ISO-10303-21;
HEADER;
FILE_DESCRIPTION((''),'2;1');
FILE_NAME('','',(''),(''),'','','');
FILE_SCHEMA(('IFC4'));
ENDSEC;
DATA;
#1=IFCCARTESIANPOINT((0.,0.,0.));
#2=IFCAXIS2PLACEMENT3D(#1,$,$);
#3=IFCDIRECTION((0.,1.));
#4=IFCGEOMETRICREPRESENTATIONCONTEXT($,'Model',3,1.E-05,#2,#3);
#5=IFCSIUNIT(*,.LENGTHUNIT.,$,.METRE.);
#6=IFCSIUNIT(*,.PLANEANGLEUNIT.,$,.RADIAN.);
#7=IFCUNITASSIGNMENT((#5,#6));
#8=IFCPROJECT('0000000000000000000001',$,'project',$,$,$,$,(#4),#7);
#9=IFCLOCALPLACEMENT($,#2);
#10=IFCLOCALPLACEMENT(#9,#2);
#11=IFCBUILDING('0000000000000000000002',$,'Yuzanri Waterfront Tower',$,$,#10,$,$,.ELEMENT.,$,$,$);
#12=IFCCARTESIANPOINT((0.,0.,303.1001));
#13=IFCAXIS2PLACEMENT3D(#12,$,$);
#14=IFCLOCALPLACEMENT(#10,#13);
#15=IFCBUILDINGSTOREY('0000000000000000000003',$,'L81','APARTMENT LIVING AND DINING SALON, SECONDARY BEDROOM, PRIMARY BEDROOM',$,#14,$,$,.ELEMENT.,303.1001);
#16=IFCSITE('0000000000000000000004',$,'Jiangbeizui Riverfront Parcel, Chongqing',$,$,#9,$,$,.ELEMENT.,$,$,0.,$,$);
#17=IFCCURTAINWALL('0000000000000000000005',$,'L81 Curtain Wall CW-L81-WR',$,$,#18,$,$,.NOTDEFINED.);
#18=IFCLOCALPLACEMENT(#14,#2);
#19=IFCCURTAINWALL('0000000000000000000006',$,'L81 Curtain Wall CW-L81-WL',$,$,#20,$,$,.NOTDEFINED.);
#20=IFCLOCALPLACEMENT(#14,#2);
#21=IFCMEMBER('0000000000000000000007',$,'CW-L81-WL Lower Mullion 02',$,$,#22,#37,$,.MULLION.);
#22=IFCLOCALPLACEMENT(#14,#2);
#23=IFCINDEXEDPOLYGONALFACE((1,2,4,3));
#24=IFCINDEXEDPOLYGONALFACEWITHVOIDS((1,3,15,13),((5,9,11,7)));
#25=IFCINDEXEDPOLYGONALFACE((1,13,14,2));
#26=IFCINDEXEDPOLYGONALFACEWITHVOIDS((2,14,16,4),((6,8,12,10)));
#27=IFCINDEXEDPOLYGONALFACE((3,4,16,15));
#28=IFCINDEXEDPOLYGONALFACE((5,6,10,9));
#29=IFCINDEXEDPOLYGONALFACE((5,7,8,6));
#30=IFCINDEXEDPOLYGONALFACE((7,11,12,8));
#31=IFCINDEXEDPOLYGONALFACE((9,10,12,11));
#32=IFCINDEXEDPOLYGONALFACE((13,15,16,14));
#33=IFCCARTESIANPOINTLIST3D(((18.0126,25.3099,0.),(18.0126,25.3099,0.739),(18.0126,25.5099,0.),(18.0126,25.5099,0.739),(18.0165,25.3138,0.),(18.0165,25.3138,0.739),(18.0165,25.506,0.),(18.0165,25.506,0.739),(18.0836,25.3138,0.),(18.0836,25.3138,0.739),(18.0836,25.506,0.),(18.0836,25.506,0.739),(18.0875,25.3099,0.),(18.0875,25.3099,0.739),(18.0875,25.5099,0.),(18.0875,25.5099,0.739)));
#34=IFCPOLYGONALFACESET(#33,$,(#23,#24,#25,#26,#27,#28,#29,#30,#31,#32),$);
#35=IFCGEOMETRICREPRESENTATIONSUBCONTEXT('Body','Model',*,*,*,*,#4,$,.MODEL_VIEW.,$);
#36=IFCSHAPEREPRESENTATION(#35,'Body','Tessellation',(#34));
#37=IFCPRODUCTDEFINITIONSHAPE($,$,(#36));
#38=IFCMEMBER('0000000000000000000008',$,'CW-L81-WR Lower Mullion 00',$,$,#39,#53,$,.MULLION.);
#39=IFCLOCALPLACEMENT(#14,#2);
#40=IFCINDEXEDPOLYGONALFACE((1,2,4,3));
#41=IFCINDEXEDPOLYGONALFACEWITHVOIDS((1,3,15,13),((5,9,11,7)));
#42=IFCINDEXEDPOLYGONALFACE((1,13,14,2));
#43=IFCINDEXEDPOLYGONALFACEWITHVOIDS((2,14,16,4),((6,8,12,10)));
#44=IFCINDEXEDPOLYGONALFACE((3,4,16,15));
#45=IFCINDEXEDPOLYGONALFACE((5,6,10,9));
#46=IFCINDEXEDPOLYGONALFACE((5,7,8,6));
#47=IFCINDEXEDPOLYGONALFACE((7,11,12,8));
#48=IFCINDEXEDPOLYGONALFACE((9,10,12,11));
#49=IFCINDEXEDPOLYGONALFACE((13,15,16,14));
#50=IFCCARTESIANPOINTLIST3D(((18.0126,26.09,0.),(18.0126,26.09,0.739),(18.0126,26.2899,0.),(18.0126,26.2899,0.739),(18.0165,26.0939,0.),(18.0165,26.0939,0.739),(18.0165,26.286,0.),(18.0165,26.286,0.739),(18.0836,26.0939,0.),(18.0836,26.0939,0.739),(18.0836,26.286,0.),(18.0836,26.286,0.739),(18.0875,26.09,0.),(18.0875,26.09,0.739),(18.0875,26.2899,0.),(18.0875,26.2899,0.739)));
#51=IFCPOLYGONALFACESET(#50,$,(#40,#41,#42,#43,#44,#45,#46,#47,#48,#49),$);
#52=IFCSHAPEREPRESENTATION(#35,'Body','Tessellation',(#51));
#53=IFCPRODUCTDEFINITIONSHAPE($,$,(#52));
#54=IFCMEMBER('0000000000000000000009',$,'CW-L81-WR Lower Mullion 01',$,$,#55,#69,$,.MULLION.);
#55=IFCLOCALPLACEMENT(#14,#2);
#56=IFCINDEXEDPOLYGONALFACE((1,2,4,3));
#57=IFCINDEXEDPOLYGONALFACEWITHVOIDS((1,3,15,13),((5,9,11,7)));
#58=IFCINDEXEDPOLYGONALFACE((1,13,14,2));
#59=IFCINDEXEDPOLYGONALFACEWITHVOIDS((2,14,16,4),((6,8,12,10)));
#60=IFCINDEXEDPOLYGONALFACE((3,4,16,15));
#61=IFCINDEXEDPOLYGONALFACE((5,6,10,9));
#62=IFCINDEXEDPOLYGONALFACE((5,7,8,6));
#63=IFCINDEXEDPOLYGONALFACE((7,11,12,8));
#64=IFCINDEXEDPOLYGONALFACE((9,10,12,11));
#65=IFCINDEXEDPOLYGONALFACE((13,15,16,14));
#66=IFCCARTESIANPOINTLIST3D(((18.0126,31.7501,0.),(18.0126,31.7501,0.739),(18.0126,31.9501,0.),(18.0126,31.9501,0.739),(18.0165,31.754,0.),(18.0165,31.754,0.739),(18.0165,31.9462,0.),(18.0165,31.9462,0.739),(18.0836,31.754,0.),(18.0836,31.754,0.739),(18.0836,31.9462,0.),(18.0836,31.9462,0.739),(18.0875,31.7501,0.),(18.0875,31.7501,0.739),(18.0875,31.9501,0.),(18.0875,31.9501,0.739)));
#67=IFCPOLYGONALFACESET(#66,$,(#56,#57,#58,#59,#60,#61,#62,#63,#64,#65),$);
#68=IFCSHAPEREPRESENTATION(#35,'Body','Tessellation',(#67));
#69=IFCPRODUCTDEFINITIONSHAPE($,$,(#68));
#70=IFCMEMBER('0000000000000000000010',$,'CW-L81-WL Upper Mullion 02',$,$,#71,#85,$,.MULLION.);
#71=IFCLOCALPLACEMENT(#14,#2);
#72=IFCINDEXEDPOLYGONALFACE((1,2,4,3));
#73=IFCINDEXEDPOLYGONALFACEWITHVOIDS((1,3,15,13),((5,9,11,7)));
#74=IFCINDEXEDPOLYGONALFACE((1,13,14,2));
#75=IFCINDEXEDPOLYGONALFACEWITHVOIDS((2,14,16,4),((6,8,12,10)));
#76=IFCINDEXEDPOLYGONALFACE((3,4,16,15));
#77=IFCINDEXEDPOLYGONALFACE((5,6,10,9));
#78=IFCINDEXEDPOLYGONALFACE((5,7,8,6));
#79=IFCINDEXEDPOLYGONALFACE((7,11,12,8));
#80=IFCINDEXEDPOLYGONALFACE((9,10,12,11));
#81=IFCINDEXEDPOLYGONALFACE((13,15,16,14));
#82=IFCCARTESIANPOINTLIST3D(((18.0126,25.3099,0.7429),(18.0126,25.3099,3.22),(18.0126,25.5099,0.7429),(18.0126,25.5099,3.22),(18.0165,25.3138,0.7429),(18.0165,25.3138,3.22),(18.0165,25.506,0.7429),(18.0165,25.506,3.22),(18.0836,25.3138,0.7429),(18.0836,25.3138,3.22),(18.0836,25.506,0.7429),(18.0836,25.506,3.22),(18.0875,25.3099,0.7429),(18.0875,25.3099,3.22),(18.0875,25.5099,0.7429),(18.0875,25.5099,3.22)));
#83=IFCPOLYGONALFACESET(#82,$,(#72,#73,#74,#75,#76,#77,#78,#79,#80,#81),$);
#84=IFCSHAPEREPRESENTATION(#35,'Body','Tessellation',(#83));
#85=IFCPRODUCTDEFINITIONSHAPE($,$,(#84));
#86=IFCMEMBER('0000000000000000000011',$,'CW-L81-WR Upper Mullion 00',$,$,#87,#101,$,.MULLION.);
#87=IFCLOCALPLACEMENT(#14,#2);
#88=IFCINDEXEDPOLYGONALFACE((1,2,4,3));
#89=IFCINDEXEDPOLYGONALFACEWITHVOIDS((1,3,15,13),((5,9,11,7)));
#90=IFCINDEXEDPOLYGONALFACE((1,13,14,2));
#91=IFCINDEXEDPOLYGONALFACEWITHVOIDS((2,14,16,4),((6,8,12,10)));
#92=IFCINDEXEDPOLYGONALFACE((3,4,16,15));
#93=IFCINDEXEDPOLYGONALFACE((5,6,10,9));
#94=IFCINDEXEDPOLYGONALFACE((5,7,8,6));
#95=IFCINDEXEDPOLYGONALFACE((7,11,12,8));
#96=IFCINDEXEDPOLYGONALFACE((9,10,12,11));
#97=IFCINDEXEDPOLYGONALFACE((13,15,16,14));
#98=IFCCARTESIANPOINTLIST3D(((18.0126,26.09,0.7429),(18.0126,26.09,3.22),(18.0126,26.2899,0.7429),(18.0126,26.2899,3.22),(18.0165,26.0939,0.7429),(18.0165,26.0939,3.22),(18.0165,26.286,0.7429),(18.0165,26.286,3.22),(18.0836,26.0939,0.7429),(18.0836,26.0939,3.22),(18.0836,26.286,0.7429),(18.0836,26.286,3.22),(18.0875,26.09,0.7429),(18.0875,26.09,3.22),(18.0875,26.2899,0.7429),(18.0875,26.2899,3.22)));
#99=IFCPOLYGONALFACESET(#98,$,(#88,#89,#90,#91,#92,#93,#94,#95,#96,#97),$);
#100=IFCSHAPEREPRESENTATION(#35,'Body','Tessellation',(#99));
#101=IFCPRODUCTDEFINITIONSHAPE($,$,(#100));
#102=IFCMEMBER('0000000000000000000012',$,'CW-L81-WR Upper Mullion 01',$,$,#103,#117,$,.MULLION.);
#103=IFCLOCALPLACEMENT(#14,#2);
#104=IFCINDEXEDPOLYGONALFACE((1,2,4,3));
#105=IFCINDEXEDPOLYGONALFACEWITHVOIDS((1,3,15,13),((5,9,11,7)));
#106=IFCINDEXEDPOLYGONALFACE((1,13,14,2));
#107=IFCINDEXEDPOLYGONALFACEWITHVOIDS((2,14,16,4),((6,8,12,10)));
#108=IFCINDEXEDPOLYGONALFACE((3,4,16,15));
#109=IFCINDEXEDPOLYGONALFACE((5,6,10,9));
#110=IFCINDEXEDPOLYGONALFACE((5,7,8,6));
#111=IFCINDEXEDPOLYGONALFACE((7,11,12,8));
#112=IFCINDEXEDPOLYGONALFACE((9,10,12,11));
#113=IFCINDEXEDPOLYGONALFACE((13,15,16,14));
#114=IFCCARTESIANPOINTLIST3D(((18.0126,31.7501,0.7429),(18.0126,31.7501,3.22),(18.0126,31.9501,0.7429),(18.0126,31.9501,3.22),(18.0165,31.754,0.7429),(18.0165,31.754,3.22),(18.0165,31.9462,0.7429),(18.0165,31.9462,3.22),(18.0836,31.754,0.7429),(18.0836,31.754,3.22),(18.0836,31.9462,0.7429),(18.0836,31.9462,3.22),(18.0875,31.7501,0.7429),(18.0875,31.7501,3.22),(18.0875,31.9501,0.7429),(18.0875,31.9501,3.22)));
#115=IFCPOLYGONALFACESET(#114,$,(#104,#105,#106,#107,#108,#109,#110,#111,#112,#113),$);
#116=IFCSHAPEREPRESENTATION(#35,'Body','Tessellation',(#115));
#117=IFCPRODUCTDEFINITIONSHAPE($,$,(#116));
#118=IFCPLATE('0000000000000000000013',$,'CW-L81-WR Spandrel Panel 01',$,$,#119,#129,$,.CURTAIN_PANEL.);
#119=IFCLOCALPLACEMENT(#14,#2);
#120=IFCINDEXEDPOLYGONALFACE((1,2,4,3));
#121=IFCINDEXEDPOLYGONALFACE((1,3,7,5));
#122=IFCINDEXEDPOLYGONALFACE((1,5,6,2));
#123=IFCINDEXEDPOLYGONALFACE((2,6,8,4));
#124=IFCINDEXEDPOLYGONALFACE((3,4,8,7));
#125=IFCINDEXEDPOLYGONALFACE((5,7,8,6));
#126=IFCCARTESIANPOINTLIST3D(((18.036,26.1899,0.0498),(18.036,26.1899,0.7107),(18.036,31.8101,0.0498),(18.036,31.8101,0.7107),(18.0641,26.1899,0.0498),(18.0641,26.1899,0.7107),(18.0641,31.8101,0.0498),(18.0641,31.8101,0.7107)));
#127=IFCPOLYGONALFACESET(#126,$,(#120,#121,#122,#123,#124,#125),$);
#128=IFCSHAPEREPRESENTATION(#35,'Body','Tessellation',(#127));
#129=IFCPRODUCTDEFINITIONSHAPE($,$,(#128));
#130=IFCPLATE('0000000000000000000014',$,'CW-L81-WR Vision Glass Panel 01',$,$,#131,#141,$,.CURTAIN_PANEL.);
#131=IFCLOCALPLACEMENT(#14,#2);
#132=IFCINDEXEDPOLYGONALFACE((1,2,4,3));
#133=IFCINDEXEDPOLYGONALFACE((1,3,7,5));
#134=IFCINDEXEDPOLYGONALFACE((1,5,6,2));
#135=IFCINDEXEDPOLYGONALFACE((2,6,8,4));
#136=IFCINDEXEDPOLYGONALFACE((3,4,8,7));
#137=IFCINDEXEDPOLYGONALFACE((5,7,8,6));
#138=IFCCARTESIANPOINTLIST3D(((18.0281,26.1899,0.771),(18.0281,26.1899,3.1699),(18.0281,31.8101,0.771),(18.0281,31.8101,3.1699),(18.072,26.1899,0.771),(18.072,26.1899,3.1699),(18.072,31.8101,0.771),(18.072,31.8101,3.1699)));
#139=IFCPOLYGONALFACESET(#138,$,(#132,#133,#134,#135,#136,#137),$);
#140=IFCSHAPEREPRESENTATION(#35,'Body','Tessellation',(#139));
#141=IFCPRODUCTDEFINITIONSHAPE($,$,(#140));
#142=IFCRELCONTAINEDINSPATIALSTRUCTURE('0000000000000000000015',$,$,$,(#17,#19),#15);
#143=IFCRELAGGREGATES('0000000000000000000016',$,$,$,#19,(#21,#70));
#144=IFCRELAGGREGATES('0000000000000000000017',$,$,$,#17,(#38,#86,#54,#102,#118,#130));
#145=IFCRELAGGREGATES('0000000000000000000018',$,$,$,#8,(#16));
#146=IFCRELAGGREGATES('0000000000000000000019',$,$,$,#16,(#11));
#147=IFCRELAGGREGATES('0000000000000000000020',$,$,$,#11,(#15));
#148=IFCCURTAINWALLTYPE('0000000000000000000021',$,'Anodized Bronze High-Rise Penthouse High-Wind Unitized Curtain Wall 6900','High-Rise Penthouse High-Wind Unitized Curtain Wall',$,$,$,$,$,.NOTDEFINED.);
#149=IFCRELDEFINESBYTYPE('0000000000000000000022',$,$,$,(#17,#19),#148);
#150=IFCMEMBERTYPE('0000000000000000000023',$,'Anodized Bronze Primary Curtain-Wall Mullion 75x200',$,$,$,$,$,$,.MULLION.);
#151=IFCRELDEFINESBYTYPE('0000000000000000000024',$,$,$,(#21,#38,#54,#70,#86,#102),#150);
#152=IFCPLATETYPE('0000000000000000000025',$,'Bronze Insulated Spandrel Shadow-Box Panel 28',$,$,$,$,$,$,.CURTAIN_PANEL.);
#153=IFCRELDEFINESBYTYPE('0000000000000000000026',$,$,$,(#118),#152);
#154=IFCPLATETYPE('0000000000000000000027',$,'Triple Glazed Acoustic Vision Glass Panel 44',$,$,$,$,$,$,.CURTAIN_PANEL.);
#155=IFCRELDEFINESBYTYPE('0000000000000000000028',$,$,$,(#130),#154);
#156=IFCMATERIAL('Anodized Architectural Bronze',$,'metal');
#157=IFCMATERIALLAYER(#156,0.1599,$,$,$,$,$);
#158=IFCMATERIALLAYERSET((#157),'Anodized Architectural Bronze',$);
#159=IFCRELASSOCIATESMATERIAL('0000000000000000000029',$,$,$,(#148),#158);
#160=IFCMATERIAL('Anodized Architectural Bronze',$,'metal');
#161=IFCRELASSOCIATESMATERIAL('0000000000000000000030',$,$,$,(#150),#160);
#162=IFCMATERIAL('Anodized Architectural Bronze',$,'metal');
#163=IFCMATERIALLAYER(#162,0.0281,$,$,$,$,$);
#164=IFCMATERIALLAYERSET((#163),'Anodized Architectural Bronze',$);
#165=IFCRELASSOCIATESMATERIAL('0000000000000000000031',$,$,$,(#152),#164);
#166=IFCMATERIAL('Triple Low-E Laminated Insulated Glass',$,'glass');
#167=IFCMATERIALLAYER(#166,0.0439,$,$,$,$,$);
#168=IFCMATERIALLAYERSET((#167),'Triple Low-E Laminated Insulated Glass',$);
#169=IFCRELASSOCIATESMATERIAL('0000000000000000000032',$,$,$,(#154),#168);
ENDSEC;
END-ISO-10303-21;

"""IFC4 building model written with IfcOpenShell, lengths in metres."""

from ifc_helpers import new_model, si_unit, direction, frame, origin, origin_2d, place, context, subcontext, project, spatial, rectangle, hollow_rectangle, extrude, source, transform, mapped, material, layer, layer_set, material_profile, profile_set, type_object, element, aggregate, save


model = new_model("IFC4")

# Units and contexts
model_context = context("Model", 3, precision=1e-05, world=origin(), true_north=direction((0.0, 1.0)))
body_context = subcontext(model_context, "Body", "Model", "MODEL_VIEW")
ifc_project = project(units=[si_unit("LENGTHUNIT", "METRE"), si_unit("PLANEANGLEUNIT", "RADIAN")], contexts=[model_context])

# Site, building, storey
site_placement = place(None, origin())
site = spatial("IfcSite", under=ifc_project, at=site_placement, Name="Jiangbeizui Riverfront Parcel, Chongqing", CompositionType="ELEMENT", RefElevation=0.0)
building_placement = place(site_placement, origin())
building = spatial("IfcBuilding", under=site, at=building_placement, Name="Yuzanri Waterfront Tower", CompositionType="ELEMENT")
storey_placement = place(building_placement, frame((0.0, 0.0, 303.1001)))
storey = spatial("IfcBuildingStorey", under=building, at=storey_placement, Name="L81", Description="APARTMENT LIVING AND DINING SALON, SECONDARY BEDROOM, PRIMARY BEDROOM", CompositionType="ELEMENT", Elevation=303.1001)

# Curtain wall
ifc_material_1 = material(Name="Anodized Architectural Bronze", Category="metal")
ifc_layer_1 = layer(ifc_material_1, 0.1599)
ifc_layer_set_1 = layer_set([ifc_layer_1], Name="Anodized Architectural Bronze")
curtain_wall_type = type_object("IfcCurtainWallType", Name="Anodized Bronze High-Rise Penthouse High-Wind Unitized Curtain Wall 6900", Description="High-Rise Penthouse High-Wind Unitized Curtain Wall", PredefinedType="NOTDEFINED", material=ifc_layer_set_1)
curtain_wall_1_placement = place(storey_placement, origin())
curtain_wall_1 = element("IfcCurtainWall", 1, at=curtain_wall_1_placement, inside=storey, type_object=curtain_wall_type, Name="L81 Curtain Wall CW-L81-WR", PredefinedType="NOTDEFINED")

# Curtain wall, member
curtain_wall_2_placement = place(storey_placement, origin())
curtain_wall_2 = element("IfcCurtainWall", 2, at=curtain_wall_2_placement, inside=storey, type_object=curtain_wall_type, Name="L81 Curtain Wall CW-L81-WL", PredefinedType="NOTDEFINED")
ifc_material_2 = material(Name="Anodized Architectural Bronze", Category="metal")
ifc_material_profile_1 = material_profile(ifc_material_2, hollow_rectangle(XDim=0.075, YDim=0.2, WallThickness=0.0039, at=origin_2d()), Name="CWM 75x200")
ifc_profile_set_1 = profile_set([ifc_material_profile_1], Name="Anodized Architectural Bronze")
member_type_1 = type_object("IfcMemberType", Name="Anodized Bronze Primary Curtain-Wall Mullion 75x200", PredefinedType="MULLION", material=ifc_profile_set_1)
shared_shape_1 = source(origin(), body_context, "Body", "SweptSolid", [
    extrude(hollow_rectangle(XDim=0.075, YDim=0.2, WallThickness=0.0039, at=origin_2d()), origin(), (0.0, 0.0, 1.0), 0.739),
])
member_1_placement = place(storey_placement, frame((18.05, 25.4099, 0.0), z_axis=(0.0, 0.0, 1.0), x_axis=(1.0, 0.0, 0.0)))
member_1 = element("IfcMember", 3, at=member_1_placement, type_object=member_type_1, Name="CW-L81-WL Lower Mullion 02", PredefinedType="MULLION", context=body_context, shape_type="MappedRepresentation", body=[
    mapped(shared_shape_1, transform((0.0, 0.0, 0.0), scale=1.0)),
])

# Members
member_2_placement = place(storey_placement, frame((18.05, 26.1899, 0.0), z_axis=(0.0, 0.0, 1.0), x_axis=(1.0, 0.0, 0.0)))
member_2 = element("IfcMember", 4, at=member_2_placement, type_object=member_type_1, Name="CW-L81-WR Lower Mullion 00", PredefinedType="MULLION", context=body_context, shape_type="MappedRepresentation", body=[
    mapped(shared_shape_1, transform((0.0, 0.0, 0.0), scale=1.0)),
])
member_3_placement = place(storey_placement, frame((18.05, 31.8501, 0.0), z_axis=(0.0, 0.0, 1.0), x_axis=(1.0, 0.0, 0.0)))
member_3 = element("IfcMember", 5, at=member_3_placement, type_object=member_type_1, Name="CW-L81-WR Lower Mullion 01", PredefinedType="MULLION", context=body_context, shape_type="MappedRepresentation", body=[
    mapped(shared_shape_1, transform((0.0, 0.0, 0.0), scale=1.0)),
])
shared_shape_2 = source(origin(), body_context, "Body", "SweptSolid", [
    extrude(hollow_rectangle(XDim=0.075, YDim=0.2, WallThickness=0.0039, at=origin_2d()), origin(), (0.0, 0.0, 1.0), 2.4771),
])
member_4_placement = place(storey_placement, frame((18.05, 25.4099, 0.7429), z_axis=(0.0, 0.0, 1.0), x_axis=(1.0, 0.0, 0.0)))
member_4 = element("IfcMember", 6, at=member_4_placement, type_object=member_type_1, Name="CW-L81-WL Upper Mullion 02", PredefinedType="MULLION", context=body_context, shape_type="MappedRepresentation", body=[
    mapped(shared_shape_2, transform((0.0, 0.0, 0.0), scale=1.0)),
])
aggregate(curtain_wall_2, [member_1, member_4])
member_5_placement = place(storey_placement, frame((18.05, 26.1899, 0.7429), z_axis=(0.0, 0.0, 1.0), x_axis=(1.0, 0.0, 0.0)))
member_5 = element("IfcMember", 7, at=member_5_placement, type_object=member_type_1, Name="CW-L81-WR Upper Mullion 00", PredefinedType="MULLION", context=body_context, shape_type="MappedRepresentation", body=[
    mapped(shared_shape_2, transform((0.0, 0.0, 0.0), scale=1.0)),
])
member_6_placement = place(storey_placement, frame((18.05, 31.8501, 0.7429), z_axis=(0.0, 0.0, 1.0), x_axis=(1.0, 0.0, 0.0)))
member_6 = element("IfcMember", 8, at=member_6_placement, type_object=member_type_1, Name="CW-L81-WR Upper Mullion 01", PredefinedType="MULLION", context=body_context, shape_type="MappedRepresentation", body=[
    mapped(shared_shape_2, transform((0.0, 0.0, 0.0), scale=1.0)),
])

# Plates
ifc_material_3 = material(Name="Anodized Architectural Bronze", Category="metal")
ifc_layer_2 = layer(ifc_material_3, 0.0281)
ifc_layer_set_2 = layer_set([ifc_layer_2], Name="Anodized Architectural Bronze")
plate_type_1 = type_object("IfcPlateType", Name="Bronze Insulated Spandrel Shadow-Box Panel 28", PredefinedType="CURTAIN_PANEL", material=ifc_layer_set_2)
shared_shape_3 = source(origin(), body_context, "Body", "SweptSolid", [
    extrude(rectangle(XDim=5.6201, YDim=0.0281, at=origin_2d()), origin(), (0.0, 0.0, 1.0), 0.6609),
])
plate_1_placement = place(storey_placement, frame((18.05, 29.0, 0.0498), z_axis=(0.0, 0.0, 1.0), x_axis=(0.0, 1.0, 0.0)))
plate_1 = element("IfcPlate", 9, at=plate_1_placement, type_object=plate_type_1, Name="CW-L81-WR Spandrel Panel 01", PredefinedType="CURTAIN_PANEL", context=body_context, shape_type="MappedRepresentation", body=[
    mapped(shared_shape_3, transform((0.0, 0.0, 0.0), scale=1.0)),
])
ifc_material_4 = material(Name="Triple Low-E Laminated Insulated Glass", Category="glass")
ifc_layer_3 = layer(ifc_material_4, 0.0439)
ifc_layer_set_3 = layer_set([ifc_layer_3], Name="Triple Low-E Laminated Insulated Glass")
plate_type_2 = type_object("IfcPlateType", Name="Triple Glazed Acoustic Vision Glass Panel 44", PredefinedType="CURTAIN_PANEL", material=ifc_layer_set_3)
shared_shape_4 = source(origin(), body_context, "Body", "SweptSolid", [
    extrude(rectangle(XDim=5.6201, YDim=0.0439, at=origin_2d()), origin(), (0.0, 0.0, 1.0), 2.3989),
])
plate_2_placement = place(storey_placement, frame((18.05, 29.0, 0.771), z_axis=(0.0, 0.0, 1.0), x_axis=(0.0, 1.0, 0.0)))
plate_2 = element("IfcPlate", 10, at=plate_2_placement, type_object=plate_type_2, Name="CW-L81-WR Vision Glass Panel 01", PredefinedType="CURTAIN_PANEL", context=body_context, shape_type="MappedRepresentation", body=[
    mapped(shared_shape_4, transform((0.0, 0.0, 0.0), scale=1.0)),
])
aggregate(curtain_wall_1, [member_2, member_5, member_3, member_6, plate_1, plate_2])

save(model, "model.ifc")
